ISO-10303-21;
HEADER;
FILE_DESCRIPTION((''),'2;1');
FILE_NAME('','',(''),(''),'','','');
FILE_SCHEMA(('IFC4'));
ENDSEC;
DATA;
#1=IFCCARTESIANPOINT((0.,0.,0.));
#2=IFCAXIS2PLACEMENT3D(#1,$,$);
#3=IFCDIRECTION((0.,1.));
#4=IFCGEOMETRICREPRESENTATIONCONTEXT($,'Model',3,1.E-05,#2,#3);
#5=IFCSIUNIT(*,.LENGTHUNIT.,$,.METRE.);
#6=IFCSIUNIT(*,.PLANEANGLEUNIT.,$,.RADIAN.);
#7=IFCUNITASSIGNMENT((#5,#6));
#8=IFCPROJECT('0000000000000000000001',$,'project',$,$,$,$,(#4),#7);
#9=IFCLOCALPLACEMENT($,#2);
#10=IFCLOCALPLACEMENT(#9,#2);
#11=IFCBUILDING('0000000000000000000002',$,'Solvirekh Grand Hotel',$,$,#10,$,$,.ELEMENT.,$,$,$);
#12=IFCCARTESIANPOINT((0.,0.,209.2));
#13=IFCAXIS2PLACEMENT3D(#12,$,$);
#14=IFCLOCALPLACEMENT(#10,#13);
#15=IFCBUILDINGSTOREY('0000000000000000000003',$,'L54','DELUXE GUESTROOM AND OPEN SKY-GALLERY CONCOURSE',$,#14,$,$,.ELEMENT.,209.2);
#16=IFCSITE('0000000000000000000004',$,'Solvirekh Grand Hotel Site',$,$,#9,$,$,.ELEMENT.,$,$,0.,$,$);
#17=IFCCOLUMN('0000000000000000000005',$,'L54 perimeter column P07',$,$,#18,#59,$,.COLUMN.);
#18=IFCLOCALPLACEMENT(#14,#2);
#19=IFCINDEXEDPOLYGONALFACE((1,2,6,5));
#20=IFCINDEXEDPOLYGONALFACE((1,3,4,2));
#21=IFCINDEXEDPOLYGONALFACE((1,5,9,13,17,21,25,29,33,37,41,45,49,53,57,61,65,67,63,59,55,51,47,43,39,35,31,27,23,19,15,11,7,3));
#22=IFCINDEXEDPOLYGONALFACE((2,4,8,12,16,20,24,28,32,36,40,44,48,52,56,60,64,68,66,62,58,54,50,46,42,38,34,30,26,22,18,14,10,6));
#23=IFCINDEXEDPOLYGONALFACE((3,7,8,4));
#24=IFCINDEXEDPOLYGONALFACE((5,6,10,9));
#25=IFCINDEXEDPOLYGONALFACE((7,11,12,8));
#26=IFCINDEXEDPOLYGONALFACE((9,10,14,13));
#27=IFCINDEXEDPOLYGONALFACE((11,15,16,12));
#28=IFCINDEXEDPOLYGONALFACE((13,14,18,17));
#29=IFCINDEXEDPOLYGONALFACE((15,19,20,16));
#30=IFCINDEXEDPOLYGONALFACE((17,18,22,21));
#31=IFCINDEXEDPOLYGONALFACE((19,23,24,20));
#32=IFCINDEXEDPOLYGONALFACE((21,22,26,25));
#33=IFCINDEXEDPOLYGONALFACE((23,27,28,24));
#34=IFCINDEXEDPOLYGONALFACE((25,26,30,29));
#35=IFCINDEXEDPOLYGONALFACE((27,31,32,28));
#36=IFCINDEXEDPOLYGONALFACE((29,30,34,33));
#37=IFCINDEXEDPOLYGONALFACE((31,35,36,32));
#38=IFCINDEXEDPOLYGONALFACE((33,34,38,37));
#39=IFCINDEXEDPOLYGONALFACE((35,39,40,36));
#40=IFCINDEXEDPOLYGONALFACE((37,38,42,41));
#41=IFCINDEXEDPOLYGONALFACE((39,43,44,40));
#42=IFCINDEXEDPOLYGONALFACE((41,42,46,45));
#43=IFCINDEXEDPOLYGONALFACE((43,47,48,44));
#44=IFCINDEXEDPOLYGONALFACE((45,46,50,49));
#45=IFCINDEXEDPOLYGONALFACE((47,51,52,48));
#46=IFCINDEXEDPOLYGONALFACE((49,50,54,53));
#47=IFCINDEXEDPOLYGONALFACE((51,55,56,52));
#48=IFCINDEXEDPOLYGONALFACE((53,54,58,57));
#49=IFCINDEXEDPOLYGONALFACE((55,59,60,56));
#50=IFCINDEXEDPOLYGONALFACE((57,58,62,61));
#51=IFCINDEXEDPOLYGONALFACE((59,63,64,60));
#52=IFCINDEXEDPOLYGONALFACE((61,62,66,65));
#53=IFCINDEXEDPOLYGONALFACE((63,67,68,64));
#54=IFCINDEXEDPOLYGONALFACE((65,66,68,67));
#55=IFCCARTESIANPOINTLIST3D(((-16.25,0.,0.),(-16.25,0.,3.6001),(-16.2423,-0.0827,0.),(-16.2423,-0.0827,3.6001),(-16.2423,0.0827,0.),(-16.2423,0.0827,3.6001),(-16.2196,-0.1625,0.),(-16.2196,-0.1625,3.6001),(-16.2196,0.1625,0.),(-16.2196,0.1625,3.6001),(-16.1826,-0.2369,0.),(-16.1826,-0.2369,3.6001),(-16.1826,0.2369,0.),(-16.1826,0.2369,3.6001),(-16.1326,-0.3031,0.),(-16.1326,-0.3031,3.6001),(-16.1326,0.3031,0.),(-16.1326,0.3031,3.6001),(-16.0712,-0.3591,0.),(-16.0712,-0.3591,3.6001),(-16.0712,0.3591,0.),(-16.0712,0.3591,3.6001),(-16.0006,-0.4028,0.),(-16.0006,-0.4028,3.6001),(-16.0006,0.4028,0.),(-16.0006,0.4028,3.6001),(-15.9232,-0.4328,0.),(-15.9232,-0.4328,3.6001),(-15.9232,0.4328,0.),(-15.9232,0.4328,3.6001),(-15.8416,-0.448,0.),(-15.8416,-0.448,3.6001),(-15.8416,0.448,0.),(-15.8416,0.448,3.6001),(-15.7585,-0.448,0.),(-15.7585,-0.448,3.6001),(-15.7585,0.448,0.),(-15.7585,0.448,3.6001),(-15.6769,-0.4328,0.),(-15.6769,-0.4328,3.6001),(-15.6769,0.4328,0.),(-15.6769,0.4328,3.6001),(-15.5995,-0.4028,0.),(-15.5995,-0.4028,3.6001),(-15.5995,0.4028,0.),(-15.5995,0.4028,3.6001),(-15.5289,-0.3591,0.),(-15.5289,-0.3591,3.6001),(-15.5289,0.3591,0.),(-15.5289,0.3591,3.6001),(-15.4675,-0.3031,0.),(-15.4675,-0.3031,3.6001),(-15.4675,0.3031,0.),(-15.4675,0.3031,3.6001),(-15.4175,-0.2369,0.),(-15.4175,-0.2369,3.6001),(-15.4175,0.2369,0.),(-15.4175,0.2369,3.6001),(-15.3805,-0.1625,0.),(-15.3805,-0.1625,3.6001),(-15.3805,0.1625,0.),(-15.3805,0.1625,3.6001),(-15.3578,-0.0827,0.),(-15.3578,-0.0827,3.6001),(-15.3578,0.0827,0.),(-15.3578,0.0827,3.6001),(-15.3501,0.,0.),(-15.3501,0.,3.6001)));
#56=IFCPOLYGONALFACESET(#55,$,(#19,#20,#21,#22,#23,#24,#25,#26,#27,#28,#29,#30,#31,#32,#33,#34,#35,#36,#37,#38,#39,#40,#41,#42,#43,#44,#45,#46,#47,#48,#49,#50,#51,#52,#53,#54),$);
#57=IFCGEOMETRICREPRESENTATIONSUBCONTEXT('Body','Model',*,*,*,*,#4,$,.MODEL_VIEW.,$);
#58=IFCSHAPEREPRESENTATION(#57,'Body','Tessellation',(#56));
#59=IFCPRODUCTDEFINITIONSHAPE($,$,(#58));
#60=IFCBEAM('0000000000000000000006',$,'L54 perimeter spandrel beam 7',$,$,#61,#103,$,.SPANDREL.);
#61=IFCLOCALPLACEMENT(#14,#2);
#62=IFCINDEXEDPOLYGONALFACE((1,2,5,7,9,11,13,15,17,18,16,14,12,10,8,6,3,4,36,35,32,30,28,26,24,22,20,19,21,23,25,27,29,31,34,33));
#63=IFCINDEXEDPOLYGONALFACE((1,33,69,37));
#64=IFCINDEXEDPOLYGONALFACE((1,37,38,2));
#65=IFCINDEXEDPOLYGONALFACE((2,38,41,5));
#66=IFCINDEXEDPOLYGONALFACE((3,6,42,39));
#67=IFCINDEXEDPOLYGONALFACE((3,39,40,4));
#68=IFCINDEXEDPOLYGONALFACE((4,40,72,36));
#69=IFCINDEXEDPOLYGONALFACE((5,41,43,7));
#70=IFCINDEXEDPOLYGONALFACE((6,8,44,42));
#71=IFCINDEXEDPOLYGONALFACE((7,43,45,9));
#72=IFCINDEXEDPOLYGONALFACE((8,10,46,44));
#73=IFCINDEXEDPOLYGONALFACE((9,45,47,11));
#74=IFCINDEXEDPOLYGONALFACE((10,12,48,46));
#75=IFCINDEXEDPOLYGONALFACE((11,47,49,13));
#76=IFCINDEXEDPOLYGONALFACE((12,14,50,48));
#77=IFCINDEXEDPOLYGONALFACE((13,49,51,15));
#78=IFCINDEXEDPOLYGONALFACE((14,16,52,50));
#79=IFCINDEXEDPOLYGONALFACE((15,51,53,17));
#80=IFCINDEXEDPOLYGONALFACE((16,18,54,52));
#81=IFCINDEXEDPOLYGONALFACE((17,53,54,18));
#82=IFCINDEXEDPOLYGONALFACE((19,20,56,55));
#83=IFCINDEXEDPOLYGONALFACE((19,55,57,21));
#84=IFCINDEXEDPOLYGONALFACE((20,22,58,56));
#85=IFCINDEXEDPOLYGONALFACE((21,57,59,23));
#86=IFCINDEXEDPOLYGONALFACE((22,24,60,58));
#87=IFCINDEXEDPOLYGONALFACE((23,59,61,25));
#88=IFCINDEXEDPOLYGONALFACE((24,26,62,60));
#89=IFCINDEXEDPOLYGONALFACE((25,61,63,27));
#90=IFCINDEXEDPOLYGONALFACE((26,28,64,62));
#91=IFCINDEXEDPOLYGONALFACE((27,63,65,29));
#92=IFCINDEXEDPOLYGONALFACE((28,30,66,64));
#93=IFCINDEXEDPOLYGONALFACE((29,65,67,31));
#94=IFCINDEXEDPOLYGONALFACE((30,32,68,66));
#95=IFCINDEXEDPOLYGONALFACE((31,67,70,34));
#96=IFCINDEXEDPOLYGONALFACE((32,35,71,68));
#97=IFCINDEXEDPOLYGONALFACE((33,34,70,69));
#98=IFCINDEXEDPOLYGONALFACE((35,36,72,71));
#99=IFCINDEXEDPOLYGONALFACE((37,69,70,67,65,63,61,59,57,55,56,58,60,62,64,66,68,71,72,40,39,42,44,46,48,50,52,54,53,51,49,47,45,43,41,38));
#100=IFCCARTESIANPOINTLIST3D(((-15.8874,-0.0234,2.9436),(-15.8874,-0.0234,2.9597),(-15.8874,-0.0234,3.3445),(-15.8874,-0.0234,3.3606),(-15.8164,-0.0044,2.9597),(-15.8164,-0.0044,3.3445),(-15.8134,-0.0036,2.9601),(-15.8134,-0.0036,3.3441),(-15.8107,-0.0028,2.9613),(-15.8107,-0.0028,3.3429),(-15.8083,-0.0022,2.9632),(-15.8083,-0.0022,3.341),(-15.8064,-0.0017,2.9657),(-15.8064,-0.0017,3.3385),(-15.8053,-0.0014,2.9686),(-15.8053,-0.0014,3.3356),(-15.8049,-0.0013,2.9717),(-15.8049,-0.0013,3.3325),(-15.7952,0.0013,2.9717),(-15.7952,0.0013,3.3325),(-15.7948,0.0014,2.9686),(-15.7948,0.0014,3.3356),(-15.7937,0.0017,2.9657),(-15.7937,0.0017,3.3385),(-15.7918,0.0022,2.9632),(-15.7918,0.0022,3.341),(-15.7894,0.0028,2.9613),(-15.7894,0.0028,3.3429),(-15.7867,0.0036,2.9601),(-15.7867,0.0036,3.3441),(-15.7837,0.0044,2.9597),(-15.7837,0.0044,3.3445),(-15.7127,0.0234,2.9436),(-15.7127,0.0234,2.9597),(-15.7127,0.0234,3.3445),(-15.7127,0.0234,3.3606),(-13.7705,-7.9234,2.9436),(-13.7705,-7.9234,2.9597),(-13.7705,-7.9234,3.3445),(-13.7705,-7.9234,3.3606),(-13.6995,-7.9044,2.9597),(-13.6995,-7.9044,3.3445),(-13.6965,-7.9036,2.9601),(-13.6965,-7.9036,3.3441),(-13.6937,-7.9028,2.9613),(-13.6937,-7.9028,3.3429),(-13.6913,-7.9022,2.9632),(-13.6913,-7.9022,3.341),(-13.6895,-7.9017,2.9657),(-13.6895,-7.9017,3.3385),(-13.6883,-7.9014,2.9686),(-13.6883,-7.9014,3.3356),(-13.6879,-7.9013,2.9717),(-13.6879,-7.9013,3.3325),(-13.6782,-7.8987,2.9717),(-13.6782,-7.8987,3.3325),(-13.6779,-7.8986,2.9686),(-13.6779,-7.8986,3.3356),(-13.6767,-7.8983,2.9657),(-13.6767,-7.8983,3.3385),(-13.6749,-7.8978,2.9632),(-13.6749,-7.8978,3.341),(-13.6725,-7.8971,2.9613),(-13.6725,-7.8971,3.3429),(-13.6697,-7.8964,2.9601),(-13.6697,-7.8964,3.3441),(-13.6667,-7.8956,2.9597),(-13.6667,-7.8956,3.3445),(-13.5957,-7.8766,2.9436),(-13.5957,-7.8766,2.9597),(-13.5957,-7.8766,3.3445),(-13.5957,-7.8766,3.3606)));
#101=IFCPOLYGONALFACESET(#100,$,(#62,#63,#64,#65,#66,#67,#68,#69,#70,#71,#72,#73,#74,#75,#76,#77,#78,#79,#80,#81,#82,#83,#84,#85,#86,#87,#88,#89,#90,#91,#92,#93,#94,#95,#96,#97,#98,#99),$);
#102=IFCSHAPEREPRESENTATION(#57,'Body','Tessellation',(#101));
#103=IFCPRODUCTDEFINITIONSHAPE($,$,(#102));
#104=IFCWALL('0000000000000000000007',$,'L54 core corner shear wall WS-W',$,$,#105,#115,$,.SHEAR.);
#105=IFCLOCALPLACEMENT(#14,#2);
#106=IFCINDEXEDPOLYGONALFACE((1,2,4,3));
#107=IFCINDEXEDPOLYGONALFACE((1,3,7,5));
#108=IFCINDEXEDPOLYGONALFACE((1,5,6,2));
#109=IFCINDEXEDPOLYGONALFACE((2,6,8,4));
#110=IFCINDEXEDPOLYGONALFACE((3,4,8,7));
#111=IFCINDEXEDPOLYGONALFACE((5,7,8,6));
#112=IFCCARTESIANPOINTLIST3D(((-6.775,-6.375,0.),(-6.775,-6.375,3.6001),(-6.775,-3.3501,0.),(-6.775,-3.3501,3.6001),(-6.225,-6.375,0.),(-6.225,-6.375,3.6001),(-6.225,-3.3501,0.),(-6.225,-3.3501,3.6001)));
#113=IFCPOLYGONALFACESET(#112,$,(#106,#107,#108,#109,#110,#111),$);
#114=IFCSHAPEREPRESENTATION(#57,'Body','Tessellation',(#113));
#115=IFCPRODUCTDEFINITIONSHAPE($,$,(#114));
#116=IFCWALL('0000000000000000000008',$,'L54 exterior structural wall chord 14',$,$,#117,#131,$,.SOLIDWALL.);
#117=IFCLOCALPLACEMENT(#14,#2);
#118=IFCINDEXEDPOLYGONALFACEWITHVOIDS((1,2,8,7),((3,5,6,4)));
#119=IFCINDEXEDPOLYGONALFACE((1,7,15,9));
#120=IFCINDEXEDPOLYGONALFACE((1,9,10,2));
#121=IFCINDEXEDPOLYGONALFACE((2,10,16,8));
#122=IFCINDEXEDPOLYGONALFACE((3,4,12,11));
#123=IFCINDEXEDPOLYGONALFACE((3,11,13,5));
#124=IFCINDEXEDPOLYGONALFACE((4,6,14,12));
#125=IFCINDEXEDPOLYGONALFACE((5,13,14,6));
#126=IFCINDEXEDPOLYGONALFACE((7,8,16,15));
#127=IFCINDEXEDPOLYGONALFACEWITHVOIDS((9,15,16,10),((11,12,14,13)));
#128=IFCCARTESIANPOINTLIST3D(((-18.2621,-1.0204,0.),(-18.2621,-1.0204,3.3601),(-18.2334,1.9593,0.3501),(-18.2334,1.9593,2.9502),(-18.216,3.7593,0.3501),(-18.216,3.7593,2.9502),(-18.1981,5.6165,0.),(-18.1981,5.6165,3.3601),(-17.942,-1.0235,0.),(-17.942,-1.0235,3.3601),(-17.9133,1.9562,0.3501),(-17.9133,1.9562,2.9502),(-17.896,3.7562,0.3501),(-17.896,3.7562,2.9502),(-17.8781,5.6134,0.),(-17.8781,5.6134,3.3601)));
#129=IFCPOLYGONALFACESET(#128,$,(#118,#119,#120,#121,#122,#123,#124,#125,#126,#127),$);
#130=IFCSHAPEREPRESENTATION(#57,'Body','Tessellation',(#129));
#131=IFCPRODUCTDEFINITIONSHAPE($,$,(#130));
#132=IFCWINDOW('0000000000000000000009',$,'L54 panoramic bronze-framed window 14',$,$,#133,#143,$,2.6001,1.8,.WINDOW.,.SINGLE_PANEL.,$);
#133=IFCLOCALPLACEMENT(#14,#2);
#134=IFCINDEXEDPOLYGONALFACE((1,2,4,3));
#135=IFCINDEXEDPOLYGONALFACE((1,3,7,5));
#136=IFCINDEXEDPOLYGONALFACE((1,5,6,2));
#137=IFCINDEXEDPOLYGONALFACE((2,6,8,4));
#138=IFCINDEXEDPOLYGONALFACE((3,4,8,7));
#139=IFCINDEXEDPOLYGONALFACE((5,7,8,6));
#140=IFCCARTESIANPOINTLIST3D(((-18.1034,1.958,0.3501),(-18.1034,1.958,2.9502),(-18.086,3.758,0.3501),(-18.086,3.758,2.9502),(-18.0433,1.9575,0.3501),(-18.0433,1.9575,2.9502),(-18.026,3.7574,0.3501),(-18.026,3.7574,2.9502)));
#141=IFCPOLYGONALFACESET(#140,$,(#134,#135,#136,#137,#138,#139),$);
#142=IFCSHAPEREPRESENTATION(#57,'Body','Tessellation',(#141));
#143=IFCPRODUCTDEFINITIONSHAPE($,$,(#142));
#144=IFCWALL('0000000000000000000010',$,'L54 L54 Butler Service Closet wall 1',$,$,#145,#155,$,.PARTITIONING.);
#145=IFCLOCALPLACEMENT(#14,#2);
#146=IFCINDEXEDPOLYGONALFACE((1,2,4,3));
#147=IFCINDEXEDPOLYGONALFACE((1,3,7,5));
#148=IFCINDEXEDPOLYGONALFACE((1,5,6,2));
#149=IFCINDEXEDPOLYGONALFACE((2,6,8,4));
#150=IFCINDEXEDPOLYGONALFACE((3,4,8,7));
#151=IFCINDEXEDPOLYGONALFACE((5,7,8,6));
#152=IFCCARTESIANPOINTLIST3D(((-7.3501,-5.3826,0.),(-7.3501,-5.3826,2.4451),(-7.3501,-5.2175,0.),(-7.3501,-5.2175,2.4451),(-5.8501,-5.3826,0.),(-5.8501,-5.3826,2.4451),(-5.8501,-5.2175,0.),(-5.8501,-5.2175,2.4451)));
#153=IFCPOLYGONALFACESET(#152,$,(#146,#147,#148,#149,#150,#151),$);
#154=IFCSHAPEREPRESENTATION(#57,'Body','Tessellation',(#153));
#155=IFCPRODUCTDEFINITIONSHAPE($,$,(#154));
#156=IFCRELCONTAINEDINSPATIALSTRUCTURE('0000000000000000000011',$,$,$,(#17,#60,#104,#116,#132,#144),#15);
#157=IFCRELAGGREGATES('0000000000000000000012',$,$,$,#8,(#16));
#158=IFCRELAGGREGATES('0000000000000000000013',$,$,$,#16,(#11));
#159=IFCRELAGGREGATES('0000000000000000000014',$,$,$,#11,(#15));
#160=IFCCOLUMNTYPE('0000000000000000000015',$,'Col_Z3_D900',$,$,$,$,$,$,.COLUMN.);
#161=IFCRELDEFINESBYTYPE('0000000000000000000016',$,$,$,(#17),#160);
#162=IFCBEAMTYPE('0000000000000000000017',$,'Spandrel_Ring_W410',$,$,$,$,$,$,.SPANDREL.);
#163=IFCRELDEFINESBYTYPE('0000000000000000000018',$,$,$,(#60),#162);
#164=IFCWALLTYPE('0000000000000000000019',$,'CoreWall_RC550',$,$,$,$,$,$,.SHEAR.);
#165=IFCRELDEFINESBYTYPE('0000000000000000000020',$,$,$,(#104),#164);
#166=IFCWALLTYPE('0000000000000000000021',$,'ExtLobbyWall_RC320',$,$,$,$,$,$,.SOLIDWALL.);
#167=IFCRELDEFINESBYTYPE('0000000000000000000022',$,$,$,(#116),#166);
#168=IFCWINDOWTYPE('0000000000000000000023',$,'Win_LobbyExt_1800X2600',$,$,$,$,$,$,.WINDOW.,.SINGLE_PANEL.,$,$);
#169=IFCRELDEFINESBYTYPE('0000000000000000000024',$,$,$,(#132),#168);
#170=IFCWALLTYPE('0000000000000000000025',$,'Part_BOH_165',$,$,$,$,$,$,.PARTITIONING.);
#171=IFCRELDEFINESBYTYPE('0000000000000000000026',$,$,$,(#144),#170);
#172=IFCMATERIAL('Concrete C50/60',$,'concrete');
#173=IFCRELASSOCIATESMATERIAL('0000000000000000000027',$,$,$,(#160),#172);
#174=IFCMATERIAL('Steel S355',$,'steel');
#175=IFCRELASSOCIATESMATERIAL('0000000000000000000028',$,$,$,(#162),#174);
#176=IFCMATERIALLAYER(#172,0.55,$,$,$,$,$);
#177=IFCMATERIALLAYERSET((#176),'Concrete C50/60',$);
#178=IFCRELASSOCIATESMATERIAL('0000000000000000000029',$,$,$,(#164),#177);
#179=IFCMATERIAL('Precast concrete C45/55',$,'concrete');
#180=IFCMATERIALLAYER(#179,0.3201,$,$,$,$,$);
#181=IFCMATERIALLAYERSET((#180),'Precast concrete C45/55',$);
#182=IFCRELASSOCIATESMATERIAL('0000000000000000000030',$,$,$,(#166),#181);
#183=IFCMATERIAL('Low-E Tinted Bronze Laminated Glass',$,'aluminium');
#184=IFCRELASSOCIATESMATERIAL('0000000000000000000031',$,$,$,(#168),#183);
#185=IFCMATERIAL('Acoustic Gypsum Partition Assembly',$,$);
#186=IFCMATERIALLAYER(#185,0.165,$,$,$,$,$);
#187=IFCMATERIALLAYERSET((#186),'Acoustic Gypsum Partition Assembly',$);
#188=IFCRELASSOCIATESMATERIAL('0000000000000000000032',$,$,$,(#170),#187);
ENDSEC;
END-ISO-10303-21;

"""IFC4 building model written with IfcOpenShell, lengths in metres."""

from ifc_helpers import new_model, si_unit, direction, frame, frame_2d, origin, origin_2d, place, context, subcontext, project, spatial, rectangle, circle, i_section, extrude, material, layer, layer_set, material_profile, profile_set, type_object, element, fill, save


model = new_model("IFC4")

# Units and contexts
model_context = context("Model", 3, precision=1e-05, world=origin(), true_north=direction((0.0, 1.0)))
body_context = subcontext(model_context, "Body", "Model", "MODEL_VIEW")
ifc_project = project(units=[si_unit("LENGTHUNIT", "METRE"), si_unit("PLANEANGLEUNIT", "RADIAN")], contexts=[model_context])

# Site, building, storey
site_placement = place(None, origin())
site = spatial("IfcSite", under=ifc_project, at=site_placement, Name="Solvirekh Grand Hotel Site", CompositionType="ELEMENT", RefElevation=0.0)
building_placement = place(site_placement, origin())
building = spatial("IfcBuilding", under=site, at=building_placement, Name="Solvirekh Grand Hotel", CompositionType="ELEMENT")
storey_placement = place(building_placement, frame((0.0, 0.0, 209.2)))
storey = spatial("IfcBuildingStorey", under=building, at=storey_placement, Name="L54", Description="DELUXE GUESTROOM AND OPEN SKY-GALLERY CONCOURSE", CompositionType="ELEMENT", Elevation=209.2)

# Column
ifc_material_1 = material(Name="Concrete C50/60", Category="concrete")
ifc_material_profile_1 = material_profile(ifc_material_1, circle(Radius=0.45, at=origin_2d()), Name="RC CIRC D900")
ifc_profile_set_1 = profile_set([ifc_material_profile_1], Name="Concrete C50/60")
column_type = type_object("IfcColumnType", Name="Col_Z3_D900", PredefinedType="COLUMN", material=ifc_profile_set_1)
column_placement = place(storey_placement, frame((-15.8, 0.0, 0.0), z_axis=(0.0, 0.0, 1.0), x_axis=(1.0, 0.0, 0.0)))
element("IfcColumn", 1, at=column_placement, inside=storey, type_object=column_type, Name="L54 perimeter column P07", PredefinedType="COLUMN", context=body_context, shape_type="SweptSolid", body=[
    extrude(circle(Radius=0.45, at=origin_2d()), origin(), (0.0, 0.0, 1.0), 3.6001),
])

# Beam
ifc_material_2 = material(Name="Steel S355", Category="steel")
ifc_material_profile_2 = material_profile(ifc_material_2, i_section(OverallWidth=0.1809, OverallDepth=0.417, WebThickness=0.01, FlangeThickness=0.0161, FilletRadius=0.012, at=origin_2d()), Name="W410X85")
ifc_profile_set_2 = profile_set([ifc_material_profile_2], Name="Steel S355")
beam_type = type_object("IfcBeamType", Name="Spandrel_Ring_W410", PredefinedType="SPANDREL", material=ifc_profile_set_2)
beam_placement = place(storey_placement, frame((-15.8, 0.0, 3.1521), z_axis=(0.258839, -0.965921, 0.0), x_axis=(0.965921, 0.258839, 0.0)))
element("IfcBeam", 2, at=beam_placement, inside=storey, type_object=beam_type, Name="L54 perimeter spandrel beam 7", PredefinedType="SPANDREL", context=body_context, shape_type="SweptSolid", body=[
    extrude(i_section(OverallWidth=0.1809, OverallDepth=0.417, WebThickness=0.01, FlangeThickness=0.0161, FilletRadius=0.012, at=origin_2d()), origin(), (0.0, 0.0, 1.0), 8.1787),
])

# Wall
ifc_layer_1 = layer(ifc_material_1, 0.55)
ifc_layer_set_1 = layer_set([ifc_layer_1], Name="Concrete C50/60")
wall_type_1 = type_object("IfcWallType", Name="CoreWall_RC550", PredefinedType="SHEAR", material=ifc_layer_set_1)
wall_1_placement = place(storey_placement, frame((-6.5, -6.375, 0.0), z_axis=(0.0, 0.0, 1.0), x_axis=(0.0, 1.0, 0.0)))
element("IfcWall", 3, at=wall_1_placement, inside=storey, type_object=wall_type_1, Name="L54 core corner shear wall WS-W", PredefinedType="SHEAR", context=body_context, shape_type="SweptSolid", body=[
    extrude(rectangle(XDim=3.0249, YDim=0.55, at=frame_2d((1.5125, 0.0))), origin(), (0.0, 0.0, 1.0), 3.6001),
])

# Wall, opening, window
ifc_material_3 = material(Name="Precast concrete C45/55", Category="concrete")
ifc_layer_2 = layer(ifc_material_3, 0.3201)
ifc_layer_set_2 = layer_set([ifc_layer_2], Name="Precast concrete C45/55")
wall_type_2 = type_object("IfcWallType", Name="ExtLobbyWall_RC320", PredefinedType="SOLIDWALL", material=ifc_layer_set_2)
wall_2_placement = place(storey_placement, frame((-18.1021, -1.022, 0.0), z_axis=(0.0, 0.0, 1.0), x_axis=(0.009637, 0.999954, 0.0)))
wall_2 = element("IfcWall", 4, at=wall_2_placement, inside=storey, type_object=wall_type_2, Name="L54 exterior structural wall chord 14", PredefinedType="SOLIDWALL", context=body_context, shape_type="SweptSolid", body=[
    extrude(rectangle(XDim=6.6372, YDim=0.3201, at=frame_2d((3.3186, 0.0))), origin(), (0.0, 0.0, 1.0), 3.3601),
])
opening_1_placement = place(wall_2_placement, frame((2.98, 0.0, 0.3501)))
opening_1 = element("IfcOpeningElement", 5, at=opening_1_placement, cuts=wall_2, PredefinedType="OPENING", context=body_context, shape_type="SweptSolid", body=[
    extrude(rectangle(XDim=1.8, YDim=2.6001, at=frame_2d((0.8999, 1.3))), frame((0.0, 0.1699, 0.0), z_axis=(0.0, -1.0, 0.0), x_axis=(1.0, 0.0, 0.0)), (0.0, 0.0, 1.0), 0.3401),
])
ifc_material_4 = material(Name="Low-E Tinted Bronze Laminated Glass", Category="aluminium")
window_type = type_object("IfcWindowType", Name="Win_LobbyExt_1800X2600", PartitioningType="SINGLE_PANEL", PredefinedType="WINDOW", material=ifc_material_4)
window_placement = place(opening_1_placement, origin())
window = element("IfcWindow", 6, at=window_placement, inside=storey, type_object=window_type, Name="L54 panoramic bronze-framed window 14", OverallHeight=2.6001, OverallWidth=1.8, PartitioningType="SINGLE_PANEL", PredefinedType="WINDOW", context=body_context, shape_type="SweptSolid", body=[
    extrude(rectangle(XDim=1.8, YDim=2.6001, at=frame_2d((0.8999, 1.3))), frame((0.0, 0.03, 0.0), z_axis=(0.0, -1.0, 0.0), x_axis=(1.0, 0.0, 0.0)), (0.0, 0.0, 1.0), 0.0601),
])
fill(opening_1, window)

# Wall
ifc_material_5 = material(Name="Acoustic Gypsum Partition Assembly")
ifc_layer_3 = layer(ifc_material_5, 0.165)
ifc_layer_set_3 = layer_set([ifc_layer_3], Name="Acoustic Gypsum Partition Assembly")
wall_type_3 = type_object("IfcWallType", Name="Part_BOH_165", PredefinedType="PARTITIONING", material=ifc_layer_set_3)
wall_3_placement = place(storey_placement, frame((-7.3501, -5.3, 0.0), z_axis=(0.0, 0.0, 1.0), x_axis=(1.0, 0.0, 0.0)))
element("IfcWall", 7, at=wall_3_placement, inside=storey, type_object=wall_type_3, Name="L54 L54 Butler Service Closet wall 1", PredefinedType="PARTITIONING", context=body_context, shape_type="SweptSolid", body=[
    extrude(rectangle(XDim=1.5, YDim=0.165, at=frame_2d((0.75, 0.0))), origin(), (0.0, 0.0, 1.0), 2.4451),
])

save(model, "model.ifc")
